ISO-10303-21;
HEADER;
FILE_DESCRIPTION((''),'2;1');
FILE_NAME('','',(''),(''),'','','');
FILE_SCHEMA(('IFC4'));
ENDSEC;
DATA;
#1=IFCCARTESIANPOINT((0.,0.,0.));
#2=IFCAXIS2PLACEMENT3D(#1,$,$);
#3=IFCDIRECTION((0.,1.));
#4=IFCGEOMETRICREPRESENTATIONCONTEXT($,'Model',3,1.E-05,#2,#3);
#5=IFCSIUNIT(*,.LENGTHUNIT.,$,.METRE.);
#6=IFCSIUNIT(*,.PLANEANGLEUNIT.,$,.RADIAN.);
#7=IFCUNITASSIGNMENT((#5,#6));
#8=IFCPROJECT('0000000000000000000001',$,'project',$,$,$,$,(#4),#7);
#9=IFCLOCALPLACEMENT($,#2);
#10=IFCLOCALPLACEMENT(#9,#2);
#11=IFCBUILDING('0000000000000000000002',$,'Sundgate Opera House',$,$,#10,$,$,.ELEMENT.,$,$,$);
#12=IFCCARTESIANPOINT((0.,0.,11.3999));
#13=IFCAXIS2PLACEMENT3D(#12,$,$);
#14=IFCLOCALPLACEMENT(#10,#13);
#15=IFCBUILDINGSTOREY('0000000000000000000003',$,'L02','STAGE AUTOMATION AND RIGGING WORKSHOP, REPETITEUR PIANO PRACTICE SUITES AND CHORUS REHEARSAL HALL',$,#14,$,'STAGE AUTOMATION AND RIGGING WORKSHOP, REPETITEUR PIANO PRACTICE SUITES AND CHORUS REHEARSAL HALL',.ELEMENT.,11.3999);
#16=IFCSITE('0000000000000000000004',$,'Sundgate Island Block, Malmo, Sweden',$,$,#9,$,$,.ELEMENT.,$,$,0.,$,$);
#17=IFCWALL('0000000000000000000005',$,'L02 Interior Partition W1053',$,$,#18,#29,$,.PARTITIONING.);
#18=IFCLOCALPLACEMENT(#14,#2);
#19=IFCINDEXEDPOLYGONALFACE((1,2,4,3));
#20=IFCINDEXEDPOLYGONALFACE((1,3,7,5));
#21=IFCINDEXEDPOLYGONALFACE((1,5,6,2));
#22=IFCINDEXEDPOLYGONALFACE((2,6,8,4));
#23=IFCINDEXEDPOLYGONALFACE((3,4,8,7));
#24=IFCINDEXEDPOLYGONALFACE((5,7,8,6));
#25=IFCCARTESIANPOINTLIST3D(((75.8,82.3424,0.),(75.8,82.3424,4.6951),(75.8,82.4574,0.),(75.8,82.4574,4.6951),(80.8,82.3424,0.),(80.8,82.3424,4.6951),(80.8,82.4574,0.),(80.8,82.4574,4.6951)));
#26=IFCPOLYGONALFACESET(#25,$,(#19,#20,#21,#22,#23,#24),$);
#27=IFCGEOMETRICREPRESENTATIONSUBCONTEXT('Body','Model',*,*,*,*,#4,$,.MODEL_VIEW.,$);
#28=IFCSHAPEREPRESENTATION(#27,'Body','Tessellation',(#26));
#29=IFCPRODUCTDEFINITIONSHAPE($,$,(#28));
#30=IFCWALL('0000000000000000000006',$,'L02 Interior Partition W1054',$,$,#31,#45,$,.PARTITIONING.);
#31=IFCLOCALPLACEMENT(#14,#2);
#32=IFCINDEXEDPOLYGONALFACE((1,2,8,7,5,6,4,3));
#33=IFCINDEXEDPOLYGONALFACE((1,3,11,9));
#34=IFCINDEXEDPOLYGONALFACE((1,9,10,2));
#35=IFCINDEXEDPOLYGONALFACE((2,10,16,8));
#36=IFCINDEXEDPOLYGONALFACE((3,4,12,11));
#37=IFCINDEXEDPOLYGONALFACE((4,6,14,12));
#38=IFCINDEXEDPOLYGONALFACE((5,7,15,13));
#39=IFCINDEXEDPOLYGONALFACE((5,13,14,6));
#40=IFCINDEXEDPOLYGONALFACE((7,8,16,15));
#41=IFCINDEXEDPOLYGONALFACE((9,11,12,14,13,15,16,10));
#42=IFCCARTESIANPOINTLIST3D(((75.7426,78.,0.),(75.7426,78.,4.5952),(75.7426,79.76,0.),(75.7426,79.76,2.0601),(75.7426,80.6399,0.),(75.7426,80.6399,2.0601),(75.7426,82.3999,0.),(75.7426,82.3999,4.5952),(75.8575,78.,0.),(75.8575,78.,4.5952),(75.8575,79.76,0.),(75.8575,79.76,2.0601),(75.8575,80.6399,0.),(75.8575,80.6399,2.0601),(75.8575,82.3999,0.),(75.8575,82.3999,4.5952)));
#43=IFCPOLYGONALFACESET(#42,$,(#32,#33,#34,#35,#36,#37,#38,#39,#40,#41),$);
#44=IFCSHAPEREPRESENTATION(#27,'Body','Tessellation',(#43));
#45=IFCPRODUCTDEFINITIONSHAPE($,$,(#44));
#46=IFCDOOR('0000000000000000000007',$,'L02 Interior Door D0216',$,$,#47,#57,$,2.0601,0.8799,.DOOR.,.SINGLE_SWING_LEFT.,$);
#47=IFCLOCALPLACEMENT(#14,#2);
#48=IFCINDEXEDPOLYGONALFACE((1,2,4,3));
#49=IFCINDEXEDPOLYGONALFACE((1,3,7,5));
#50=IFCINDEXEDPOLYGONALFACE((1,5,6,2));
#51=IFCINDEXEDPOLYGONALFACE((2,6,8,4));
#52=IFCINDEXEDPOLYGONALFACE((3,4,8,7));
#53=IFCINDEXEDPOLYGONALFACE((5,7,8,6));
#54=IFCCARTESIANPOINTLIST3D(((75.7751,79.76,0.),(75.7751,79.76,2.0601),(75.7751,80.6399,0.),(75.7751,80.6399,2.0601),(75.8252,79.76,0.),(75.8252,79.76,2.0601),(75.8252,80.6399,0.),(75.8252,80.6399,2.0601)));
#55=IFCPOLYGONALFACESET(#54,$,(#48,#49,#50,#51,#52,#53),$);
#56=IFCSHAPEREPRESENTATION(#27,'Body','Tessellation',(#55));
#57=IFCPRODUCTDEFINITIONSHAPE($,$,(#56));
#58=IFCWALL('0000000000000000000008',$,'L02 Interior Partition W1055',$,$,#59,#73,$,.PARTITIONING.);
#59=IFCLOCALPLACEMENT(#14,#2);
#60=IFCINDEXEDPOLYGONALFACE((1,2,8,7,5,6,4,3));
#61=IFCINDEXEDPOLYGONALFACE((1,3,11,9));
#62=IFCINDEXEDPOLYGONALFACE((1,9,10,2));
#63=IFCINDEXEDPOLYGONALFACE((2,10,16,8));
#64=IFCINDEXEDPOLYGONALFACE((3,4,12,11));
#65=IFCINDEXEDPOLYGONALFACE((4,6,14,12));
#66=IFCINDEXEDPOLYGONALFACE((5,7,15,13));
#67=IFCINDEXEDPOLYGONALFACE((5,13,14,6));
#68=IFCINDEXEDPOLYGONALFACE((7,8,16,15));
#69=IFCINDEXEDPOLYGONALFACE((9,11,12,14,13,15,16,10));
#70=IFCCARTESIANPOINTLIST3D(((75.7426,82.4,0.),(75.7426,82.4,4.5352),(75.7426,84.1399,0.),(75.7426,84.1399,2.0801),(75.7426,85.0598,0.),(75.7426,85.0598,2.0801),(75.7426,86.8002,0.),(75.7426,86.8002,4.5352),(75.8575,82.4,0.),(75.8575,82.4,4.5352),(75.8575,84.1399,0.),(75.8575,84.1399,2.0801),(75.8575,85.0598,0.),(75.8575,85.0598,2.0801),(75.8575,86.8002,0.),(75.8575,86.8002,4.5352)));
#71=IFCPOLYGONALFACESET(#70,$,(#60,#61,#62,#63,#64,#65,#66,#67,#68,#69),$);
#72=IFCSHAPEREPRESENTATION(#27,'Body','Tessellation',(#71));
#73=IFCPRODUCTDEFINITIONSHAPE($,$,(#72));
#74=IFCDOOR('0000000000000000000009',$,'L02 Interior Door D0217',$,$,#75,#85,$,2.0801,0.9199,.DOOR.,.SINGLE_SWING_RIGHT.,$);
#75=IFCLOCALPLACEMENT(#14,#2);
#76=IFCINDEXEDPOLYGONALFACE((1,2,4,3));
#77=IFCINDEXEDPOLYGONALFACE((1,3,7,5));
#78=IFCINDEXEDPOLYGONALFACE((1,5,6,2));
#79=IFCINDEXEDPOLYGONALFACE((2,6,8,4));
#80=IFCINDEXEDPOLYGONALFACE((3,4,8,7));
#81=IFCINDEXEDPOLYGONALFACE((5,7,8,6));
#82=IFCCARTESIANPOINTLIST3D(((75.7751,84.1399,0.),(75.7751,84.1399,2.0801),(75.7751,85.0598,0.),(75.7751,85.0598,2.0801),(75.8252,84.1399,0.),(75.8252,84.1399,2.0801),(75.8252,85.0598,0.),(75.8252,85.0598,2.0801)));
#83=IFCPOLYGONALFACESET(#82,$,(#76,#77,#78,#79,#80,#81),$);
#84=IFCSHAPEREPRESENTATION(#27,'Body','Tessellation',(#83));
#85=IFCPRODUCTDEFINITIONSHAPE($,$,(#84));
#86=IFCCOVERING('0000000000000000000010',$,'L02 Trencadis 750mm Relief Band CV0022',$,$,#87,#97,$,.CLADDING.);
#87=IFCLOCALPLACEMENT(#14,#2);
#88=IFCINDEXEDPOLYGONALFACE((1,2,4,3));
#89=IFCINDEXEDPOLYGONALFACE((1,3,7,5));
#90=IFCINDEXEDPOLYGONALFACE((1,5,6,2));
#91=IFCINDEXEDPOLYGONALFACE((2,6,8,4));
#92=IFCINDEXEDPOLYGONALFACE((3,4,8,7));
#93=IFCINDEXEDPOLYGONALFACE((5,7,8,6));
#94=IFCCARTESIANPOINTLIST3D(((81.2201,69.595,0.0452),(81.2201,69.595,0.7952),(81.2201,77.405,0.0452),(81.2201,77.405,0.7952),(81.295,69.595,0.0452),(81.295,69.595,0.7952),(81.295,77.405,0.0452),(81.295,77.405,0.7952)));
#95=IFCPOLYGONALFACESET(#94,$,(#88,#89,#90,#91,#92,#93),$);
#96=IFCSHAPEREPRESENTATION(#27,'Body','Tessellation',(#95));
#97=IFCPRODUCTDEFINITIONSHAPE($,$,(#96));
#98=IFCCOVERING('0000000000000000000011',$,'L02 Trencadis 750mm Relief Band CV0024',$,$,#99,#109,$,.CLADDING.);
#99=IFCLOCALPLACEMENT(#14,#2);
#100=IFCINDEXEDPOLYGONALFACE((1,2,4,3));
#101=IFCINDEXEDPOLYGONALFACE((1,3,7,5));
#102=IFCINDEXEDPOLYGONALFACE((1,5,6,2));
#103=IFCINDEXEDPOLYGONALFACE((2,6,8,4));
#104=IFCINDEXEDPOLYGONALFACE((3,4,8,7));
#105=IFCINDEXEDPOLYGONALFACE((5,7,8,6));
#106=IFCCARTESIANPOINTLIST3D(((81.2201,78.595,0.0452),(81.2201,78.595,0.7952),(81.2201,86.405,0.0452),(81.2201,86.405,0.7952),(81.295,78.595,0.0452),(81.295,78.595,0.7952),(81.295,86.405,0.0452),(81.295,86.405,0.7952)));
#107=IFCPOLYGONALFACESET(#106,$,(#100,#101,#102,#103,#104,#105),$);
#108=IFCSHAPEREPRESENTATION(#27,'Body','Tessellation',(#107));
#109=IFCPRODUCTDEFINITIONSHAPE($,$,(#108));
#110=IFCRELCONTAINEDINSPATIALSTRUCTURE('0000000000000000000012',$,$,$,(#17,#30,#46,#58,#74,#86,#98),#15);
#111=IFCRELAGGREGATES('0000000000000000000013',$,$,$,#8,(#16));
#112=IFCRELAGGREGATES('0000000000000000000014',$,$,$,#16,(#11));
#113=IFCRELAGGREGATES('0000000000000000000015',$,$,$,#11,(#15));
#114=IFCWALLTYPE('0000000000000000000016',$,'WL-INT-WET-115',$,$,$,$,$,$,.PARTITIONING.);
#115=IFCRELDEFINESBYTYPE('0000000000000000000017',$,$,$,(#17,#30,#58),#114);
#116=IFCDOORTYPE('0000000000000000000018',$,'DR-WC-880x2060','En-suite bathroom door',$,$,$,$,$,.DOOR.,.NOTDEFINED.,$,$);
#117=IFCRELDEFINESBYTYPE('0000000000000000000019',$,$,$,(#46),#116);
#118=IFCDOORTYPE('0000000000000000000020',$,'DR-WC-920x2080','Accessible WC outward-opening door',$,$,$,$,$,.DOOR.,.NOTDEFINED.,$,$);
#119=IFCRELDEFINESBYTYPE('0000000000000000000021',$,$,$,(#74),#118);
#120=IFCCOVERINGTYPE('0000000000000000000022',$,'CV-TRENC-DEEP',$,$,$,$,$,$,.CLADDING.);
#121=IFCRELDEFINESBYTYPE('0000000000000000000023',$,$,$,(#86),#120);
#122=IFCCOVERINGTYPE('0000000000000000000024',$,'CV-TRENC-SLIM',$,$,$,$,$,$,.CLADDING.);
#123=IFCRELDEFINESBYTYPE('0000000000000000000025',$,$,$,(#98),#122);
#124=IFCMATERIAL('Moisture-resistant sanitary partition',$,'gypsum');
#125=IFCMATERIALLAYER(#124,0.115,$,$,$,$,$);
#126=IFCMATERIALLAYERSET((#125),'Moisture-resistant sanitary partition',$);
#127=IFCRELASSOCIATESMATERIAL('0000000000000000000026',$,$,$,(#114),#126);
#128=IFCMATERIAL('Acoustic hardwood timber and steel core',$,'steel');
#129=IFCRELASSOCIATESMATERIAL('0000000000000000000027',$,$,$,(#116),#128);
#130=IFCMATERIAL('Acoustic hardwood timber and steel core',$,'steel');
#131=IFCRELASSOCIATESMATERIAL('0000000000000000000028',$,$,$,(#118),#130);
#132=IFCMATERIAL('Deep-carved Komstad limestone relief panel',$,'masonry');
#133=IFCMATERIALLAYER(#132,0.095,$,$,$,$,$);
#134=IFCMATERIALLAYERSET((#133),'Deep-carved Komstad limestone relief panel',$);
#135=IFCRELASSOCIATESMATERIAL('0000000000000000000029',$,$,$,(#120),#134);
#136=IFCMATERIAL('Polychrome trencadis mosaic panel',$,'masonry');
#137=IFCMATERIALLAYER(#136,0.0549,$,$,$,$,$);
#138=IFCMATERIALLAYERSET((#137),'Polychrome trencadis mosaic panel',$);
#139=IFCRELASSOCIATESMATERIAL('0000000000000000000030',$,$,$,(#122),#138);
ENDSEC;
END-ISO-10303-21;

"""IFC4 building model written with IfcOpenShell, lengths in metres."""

from ifc_helpers import new_model, si_unit, direction, frame, frame_2d, origin, origin_2d, place, context, subcontext, project, spatial, rectangle, extrude, material, layer, layer_set, type_object, element, fill, save


model = new_model("IFC4")

# Units and contexts
model_context = context("Model", 3, precision=1e-05, world=origin(), true_north=direction((0.0, 1.0)))
body_context = subcontext(model_context, "Body", "Model", "MODEL_VIEW")
ifc_project = project(units=[si_unit("LENGTHUNIT", "METRE"), si_unit("PLANEANGLEUNIT", "RADIAN")], contexts=[model_context])

# Site, building, storey
site_placement = place(None, origin())
site = spatial("IfcSite", under=ifc_project, at=site_placement, Name="Sundgate Island Block, Malmo, Sweden", CompositionType="ELEMENT", RefElevation=0.0)
building_placement = place(site_placement, origin())
building = spatial("IfcBuilding", under=site, at=building_placement, Name="Sundgate Opera House", CompositionType="ELEMENT")
storey_placement = place(building_placement, frame((0.0, 0.0, 11.3999)))
storey = spatial("IfcBuildingStorey", under=building, at=storey_placement, Name="L02", Description="STAGE AUTOMATION AND RIGGING WORKSHOP, REPETITEUR PIANO PRACTICE SUITES AND CHORUS REHEARSAL HALL", LongName="STAGE AUTOMATION AND RIGGING WORKSHOP, REPETITEUR PIANO PRACTICE SUITES AND CHORUS REHEARSAL HALL", CompositionType="ELEMENT", Elevation=11.3999)

# Wall
ifc_material_1 = material(Name="Moisture-resistant sanitary partition", Category="gypsum")
ifc_layer_1 = layer(ifc_material_1, 0.115)
ifc_layer_set_1 = layer_set([ifc_layer_1], Name="Moisture-resistant sanitary partition")
wall_type_1 = type_object("IfcWallType", Name="WL-INT-WET-115", PredefinedType="PARTITIONING", material=ifc_layer_set_1)
wall_1_placement = place(storey_placement, frame((75.8, 82.3999, 0.0), z_axis=(0.0, 0.0, 1.0), x_axis=(1.0, 0.0, 0.0)))
element("IfcWall", 1, at=wall_1_placement, inside=storey, type_object=wall_type_1, Name="L02 Interior Partition W1053", PredefinedType="PARTITIONING", context=body_context, shape_type="SweptSolid", body=[
    extrude(rectangle(XDim=5.0, YDim=0.115, at=frame_2d((2.5, 0.0))), origin(), (0.0, 0.0, 1.0), 4.6951),
])

# Walls, openings, doors
wall_2_placement = place(storey_placement, frame((75.8, 78.0, 0.0), z_axis=(0.0, 0.0, 1.0), x_axis=(0.0, 1.0, 0.0)))
wall_2 = element("IfcWall", 2, at=wall_2_placement, inside=storey, type_object=wall_type_1, Name="L02 Interior Partition W1054", PredefinedType="PARTITIONING", context=body_context, shape_type="SweptSolid", body=[
    extrude(rectangle(XDim=4.3999, YDim=0.115, at=frame_2d((2.2, 0.0))), origin(), (0.0, 0.0, 1.0), 4.5952),
])
opening_1_placement = place(wall_2_placement, frame((1.76, 0.0, 0.0)))
opening_1 = element("IfcOpeningElement", 3, at=opening_1_placement, cuts=wall_2, PredefinedType="OPENING", context=body_context, shape_type="SweptSolid", body=[
    extrude(rectangle(XDim=0.8799, YDim=2.0601, at=frame_2d((0.4399, 1.03))), frame((0.0, 0.0674, 0.0), z_axis=(0.0, -1.0, 0.0), x_axis=(1.0, 0.0, 0.0)), (0.0, 0.0, 1.0), 0.135),
])
ifc_material_2 = material(Name="Acoustic hardwood timber and steel core", Category="steel")
door_type_1 = type_object("IfcDoorType", Name="DR-WC-880x2060", Description="En-suite bathroom door", OperationType="NOTDEFINED", PredefinedType="DOOR", material=ifc_material_2)
door_1_placement = place(opening_1_placement, origin())
door_1 = element("IfcDoor", 4, at=door_1_placement, inside=storey, type_object=door_type_1, Name="L02 Interior Door D0216", OperationType="SINGLE_SWING_LEFT", OverallHeight=2.0601, OverallWidth=0.8799, PredefinedType="DOOR", context=body_context, shape_type="SweptSolid", body=[
    extrude(rectangle(XDim=0.8799, YDim=2.0601, at=frame_2d((0.4399, 1.03))), frame((0.0, 0.0249, 0.0), z_axis=(0.0, -1.0, 0.0), x_axis=(1.0, 0.0, 0.0)), (0.0, 0.0, 1.0), 0.05),
])
fill(opening_1, door_1)
wall_3_placement = place(storey_placement, frame((75.8, 82.3999, 0.0), z_axis=(0.0, 0.0, 1.0), x_axis=(0.0, 1.0, 0.0)))
wall_3 = element("IfcWall", 5, at=wall_3_placement, inside=storey, type_object=wall_type_1, Name="L02 Interior Partition W1055", PredefinedType="PARTITIONING", context=body_context, shape_type="SweptSolid", body=[
    extrude(rectangle(XDim=4.4001, YDim=0.115, at=frame_2d((2.2002, 0.0))), origin(), (0.0, 0.0, 1.0), 4.5352),
])
opening_2_placement = place(wall_3_placement, frame((1.74, 0.0, 0.0)))
opening_2 = element("IfcOpeningElement", 6, at=opening_2_placement, cuts=wall_3, PredefinedType="OPENING", context=body_context, shape_type="SweptSolid", body=[
    extrude(rectangle(XDim=0.9199, YDim=2.0801, at=frame_2d((0.46, 1.04))), frame((0.0, 0.0674, 0.0), z_axis=(0.0, -1.0, 0.0), x_axis=(1.0, 0.0, 0.0)), (0.0, 0.0, 1.0), 0.135),
])
ifc_material_3 = material(Name="Acoustic hardwood timber and steel core", Category="steel")
door_type_2 = type_object("IfcDoorType", Name="DR-WC-920x2080", Description="Accessible WC outward-opening door", OperationType="NOTDEFINED", PredefinedType="DOOR", material=ifc_material_3)
door_2_placement = place(opening_2_placement, origin())
door_2 = element("IfcDoor", 7, at=door_2_placement, inside=storey, type_object=door_type_2, Name="L02 Interior Door D0217", OperationType="SINGLE_SWING_RIGHT", OverallHeight=2.0801, OverallWidth=0.9199, PredefinedType="DOOR", context=body_context, shape_type="SweptSolid", body=[
    extrude(rectangle(XDim=0.9199, YDim=2.0801, at=frame_2d((0.46, 1.04))), frame((0.0, 0.0249, 0.0), z_axis=(0.0, -1.0, 0.0), x_axis=(1.0, 0.0, 0.0)), (0.0, 0.0, 1.0), 0.05),
])
fill(opening_2, door_2)

# Coverings
ifc_material_4 = material(Name="Deep-carved Komstad limestone relief panel", Category="masonry")
ifc_layer_2 = layer(ifc_material_4, 0.095)
ifc_layer_set_2 = layer_set([ifc_layer_2], Name="Deep-carved Komstad limestone relief panel")
covering_type_1 = type_object("IfcCoveringType", Name="CV-TRENC-DEEP", PredefinedType="CLADDING", material=ifc_layer_set_2)
covering_1_placement = place(storey_placement, frame((81.2576, 73.5, 0.0452), z_axis=(0.0, 0.0, 1.0), x_axis=(0.0, 1.0, 0.0)))
element("IfcCovering", 8, at=covering_1_placement, inside=storey, type_object=covering_type_1, Name="L02 Trencadis 750mm Relief Band CV0022", PredefinedType="CLADDING", context=body_context, shape_type="SweptSolid", body=[
    extrude(rectangle(XDim=7.8101, YDim=0.075, at=origin_2d()), origin(), (0.0, 0.0, 1.0), 0.75),
])
ifc_material_5 = material(Name="Polychrome trencadis mosaic panel", Category="masonry")
ifc_layer_3 = layer(ifc_material_5, 0.0549)
ifc_layer_set_3 = layer_set([ifc_layer_3], Name="Polychrome trencadis mosaic panel")
covering_type_2 = type_object("IfcCoveringType", Name="CV-TRENC-SLIM", PredefinedType="CLADDING", material=ifc_layer_set_3)
covering_2_placement = place(storey_placement, frame((81.2576, 82.5, 0.0452), z_axis=(0.0, 0.0, 1.0), x_axis=(0.0, 1.0, 0.0)))
element("IfcCovering", 9, at=covering_2_placement, inside=storey, type_object=covering_type_2, Name="L02 Trencadis 750mm Relief Band CV0024", PredefinedType="CLADDING", context=body_context, shape_type="SweptSolid", body=[
    extrude(rectangle(XDim=7.8101, YDim=0.075, at=origin_2d()), origin(), (0.0, 0.0, 1.0), 0.75),
])

save(model, "model.ifc")
